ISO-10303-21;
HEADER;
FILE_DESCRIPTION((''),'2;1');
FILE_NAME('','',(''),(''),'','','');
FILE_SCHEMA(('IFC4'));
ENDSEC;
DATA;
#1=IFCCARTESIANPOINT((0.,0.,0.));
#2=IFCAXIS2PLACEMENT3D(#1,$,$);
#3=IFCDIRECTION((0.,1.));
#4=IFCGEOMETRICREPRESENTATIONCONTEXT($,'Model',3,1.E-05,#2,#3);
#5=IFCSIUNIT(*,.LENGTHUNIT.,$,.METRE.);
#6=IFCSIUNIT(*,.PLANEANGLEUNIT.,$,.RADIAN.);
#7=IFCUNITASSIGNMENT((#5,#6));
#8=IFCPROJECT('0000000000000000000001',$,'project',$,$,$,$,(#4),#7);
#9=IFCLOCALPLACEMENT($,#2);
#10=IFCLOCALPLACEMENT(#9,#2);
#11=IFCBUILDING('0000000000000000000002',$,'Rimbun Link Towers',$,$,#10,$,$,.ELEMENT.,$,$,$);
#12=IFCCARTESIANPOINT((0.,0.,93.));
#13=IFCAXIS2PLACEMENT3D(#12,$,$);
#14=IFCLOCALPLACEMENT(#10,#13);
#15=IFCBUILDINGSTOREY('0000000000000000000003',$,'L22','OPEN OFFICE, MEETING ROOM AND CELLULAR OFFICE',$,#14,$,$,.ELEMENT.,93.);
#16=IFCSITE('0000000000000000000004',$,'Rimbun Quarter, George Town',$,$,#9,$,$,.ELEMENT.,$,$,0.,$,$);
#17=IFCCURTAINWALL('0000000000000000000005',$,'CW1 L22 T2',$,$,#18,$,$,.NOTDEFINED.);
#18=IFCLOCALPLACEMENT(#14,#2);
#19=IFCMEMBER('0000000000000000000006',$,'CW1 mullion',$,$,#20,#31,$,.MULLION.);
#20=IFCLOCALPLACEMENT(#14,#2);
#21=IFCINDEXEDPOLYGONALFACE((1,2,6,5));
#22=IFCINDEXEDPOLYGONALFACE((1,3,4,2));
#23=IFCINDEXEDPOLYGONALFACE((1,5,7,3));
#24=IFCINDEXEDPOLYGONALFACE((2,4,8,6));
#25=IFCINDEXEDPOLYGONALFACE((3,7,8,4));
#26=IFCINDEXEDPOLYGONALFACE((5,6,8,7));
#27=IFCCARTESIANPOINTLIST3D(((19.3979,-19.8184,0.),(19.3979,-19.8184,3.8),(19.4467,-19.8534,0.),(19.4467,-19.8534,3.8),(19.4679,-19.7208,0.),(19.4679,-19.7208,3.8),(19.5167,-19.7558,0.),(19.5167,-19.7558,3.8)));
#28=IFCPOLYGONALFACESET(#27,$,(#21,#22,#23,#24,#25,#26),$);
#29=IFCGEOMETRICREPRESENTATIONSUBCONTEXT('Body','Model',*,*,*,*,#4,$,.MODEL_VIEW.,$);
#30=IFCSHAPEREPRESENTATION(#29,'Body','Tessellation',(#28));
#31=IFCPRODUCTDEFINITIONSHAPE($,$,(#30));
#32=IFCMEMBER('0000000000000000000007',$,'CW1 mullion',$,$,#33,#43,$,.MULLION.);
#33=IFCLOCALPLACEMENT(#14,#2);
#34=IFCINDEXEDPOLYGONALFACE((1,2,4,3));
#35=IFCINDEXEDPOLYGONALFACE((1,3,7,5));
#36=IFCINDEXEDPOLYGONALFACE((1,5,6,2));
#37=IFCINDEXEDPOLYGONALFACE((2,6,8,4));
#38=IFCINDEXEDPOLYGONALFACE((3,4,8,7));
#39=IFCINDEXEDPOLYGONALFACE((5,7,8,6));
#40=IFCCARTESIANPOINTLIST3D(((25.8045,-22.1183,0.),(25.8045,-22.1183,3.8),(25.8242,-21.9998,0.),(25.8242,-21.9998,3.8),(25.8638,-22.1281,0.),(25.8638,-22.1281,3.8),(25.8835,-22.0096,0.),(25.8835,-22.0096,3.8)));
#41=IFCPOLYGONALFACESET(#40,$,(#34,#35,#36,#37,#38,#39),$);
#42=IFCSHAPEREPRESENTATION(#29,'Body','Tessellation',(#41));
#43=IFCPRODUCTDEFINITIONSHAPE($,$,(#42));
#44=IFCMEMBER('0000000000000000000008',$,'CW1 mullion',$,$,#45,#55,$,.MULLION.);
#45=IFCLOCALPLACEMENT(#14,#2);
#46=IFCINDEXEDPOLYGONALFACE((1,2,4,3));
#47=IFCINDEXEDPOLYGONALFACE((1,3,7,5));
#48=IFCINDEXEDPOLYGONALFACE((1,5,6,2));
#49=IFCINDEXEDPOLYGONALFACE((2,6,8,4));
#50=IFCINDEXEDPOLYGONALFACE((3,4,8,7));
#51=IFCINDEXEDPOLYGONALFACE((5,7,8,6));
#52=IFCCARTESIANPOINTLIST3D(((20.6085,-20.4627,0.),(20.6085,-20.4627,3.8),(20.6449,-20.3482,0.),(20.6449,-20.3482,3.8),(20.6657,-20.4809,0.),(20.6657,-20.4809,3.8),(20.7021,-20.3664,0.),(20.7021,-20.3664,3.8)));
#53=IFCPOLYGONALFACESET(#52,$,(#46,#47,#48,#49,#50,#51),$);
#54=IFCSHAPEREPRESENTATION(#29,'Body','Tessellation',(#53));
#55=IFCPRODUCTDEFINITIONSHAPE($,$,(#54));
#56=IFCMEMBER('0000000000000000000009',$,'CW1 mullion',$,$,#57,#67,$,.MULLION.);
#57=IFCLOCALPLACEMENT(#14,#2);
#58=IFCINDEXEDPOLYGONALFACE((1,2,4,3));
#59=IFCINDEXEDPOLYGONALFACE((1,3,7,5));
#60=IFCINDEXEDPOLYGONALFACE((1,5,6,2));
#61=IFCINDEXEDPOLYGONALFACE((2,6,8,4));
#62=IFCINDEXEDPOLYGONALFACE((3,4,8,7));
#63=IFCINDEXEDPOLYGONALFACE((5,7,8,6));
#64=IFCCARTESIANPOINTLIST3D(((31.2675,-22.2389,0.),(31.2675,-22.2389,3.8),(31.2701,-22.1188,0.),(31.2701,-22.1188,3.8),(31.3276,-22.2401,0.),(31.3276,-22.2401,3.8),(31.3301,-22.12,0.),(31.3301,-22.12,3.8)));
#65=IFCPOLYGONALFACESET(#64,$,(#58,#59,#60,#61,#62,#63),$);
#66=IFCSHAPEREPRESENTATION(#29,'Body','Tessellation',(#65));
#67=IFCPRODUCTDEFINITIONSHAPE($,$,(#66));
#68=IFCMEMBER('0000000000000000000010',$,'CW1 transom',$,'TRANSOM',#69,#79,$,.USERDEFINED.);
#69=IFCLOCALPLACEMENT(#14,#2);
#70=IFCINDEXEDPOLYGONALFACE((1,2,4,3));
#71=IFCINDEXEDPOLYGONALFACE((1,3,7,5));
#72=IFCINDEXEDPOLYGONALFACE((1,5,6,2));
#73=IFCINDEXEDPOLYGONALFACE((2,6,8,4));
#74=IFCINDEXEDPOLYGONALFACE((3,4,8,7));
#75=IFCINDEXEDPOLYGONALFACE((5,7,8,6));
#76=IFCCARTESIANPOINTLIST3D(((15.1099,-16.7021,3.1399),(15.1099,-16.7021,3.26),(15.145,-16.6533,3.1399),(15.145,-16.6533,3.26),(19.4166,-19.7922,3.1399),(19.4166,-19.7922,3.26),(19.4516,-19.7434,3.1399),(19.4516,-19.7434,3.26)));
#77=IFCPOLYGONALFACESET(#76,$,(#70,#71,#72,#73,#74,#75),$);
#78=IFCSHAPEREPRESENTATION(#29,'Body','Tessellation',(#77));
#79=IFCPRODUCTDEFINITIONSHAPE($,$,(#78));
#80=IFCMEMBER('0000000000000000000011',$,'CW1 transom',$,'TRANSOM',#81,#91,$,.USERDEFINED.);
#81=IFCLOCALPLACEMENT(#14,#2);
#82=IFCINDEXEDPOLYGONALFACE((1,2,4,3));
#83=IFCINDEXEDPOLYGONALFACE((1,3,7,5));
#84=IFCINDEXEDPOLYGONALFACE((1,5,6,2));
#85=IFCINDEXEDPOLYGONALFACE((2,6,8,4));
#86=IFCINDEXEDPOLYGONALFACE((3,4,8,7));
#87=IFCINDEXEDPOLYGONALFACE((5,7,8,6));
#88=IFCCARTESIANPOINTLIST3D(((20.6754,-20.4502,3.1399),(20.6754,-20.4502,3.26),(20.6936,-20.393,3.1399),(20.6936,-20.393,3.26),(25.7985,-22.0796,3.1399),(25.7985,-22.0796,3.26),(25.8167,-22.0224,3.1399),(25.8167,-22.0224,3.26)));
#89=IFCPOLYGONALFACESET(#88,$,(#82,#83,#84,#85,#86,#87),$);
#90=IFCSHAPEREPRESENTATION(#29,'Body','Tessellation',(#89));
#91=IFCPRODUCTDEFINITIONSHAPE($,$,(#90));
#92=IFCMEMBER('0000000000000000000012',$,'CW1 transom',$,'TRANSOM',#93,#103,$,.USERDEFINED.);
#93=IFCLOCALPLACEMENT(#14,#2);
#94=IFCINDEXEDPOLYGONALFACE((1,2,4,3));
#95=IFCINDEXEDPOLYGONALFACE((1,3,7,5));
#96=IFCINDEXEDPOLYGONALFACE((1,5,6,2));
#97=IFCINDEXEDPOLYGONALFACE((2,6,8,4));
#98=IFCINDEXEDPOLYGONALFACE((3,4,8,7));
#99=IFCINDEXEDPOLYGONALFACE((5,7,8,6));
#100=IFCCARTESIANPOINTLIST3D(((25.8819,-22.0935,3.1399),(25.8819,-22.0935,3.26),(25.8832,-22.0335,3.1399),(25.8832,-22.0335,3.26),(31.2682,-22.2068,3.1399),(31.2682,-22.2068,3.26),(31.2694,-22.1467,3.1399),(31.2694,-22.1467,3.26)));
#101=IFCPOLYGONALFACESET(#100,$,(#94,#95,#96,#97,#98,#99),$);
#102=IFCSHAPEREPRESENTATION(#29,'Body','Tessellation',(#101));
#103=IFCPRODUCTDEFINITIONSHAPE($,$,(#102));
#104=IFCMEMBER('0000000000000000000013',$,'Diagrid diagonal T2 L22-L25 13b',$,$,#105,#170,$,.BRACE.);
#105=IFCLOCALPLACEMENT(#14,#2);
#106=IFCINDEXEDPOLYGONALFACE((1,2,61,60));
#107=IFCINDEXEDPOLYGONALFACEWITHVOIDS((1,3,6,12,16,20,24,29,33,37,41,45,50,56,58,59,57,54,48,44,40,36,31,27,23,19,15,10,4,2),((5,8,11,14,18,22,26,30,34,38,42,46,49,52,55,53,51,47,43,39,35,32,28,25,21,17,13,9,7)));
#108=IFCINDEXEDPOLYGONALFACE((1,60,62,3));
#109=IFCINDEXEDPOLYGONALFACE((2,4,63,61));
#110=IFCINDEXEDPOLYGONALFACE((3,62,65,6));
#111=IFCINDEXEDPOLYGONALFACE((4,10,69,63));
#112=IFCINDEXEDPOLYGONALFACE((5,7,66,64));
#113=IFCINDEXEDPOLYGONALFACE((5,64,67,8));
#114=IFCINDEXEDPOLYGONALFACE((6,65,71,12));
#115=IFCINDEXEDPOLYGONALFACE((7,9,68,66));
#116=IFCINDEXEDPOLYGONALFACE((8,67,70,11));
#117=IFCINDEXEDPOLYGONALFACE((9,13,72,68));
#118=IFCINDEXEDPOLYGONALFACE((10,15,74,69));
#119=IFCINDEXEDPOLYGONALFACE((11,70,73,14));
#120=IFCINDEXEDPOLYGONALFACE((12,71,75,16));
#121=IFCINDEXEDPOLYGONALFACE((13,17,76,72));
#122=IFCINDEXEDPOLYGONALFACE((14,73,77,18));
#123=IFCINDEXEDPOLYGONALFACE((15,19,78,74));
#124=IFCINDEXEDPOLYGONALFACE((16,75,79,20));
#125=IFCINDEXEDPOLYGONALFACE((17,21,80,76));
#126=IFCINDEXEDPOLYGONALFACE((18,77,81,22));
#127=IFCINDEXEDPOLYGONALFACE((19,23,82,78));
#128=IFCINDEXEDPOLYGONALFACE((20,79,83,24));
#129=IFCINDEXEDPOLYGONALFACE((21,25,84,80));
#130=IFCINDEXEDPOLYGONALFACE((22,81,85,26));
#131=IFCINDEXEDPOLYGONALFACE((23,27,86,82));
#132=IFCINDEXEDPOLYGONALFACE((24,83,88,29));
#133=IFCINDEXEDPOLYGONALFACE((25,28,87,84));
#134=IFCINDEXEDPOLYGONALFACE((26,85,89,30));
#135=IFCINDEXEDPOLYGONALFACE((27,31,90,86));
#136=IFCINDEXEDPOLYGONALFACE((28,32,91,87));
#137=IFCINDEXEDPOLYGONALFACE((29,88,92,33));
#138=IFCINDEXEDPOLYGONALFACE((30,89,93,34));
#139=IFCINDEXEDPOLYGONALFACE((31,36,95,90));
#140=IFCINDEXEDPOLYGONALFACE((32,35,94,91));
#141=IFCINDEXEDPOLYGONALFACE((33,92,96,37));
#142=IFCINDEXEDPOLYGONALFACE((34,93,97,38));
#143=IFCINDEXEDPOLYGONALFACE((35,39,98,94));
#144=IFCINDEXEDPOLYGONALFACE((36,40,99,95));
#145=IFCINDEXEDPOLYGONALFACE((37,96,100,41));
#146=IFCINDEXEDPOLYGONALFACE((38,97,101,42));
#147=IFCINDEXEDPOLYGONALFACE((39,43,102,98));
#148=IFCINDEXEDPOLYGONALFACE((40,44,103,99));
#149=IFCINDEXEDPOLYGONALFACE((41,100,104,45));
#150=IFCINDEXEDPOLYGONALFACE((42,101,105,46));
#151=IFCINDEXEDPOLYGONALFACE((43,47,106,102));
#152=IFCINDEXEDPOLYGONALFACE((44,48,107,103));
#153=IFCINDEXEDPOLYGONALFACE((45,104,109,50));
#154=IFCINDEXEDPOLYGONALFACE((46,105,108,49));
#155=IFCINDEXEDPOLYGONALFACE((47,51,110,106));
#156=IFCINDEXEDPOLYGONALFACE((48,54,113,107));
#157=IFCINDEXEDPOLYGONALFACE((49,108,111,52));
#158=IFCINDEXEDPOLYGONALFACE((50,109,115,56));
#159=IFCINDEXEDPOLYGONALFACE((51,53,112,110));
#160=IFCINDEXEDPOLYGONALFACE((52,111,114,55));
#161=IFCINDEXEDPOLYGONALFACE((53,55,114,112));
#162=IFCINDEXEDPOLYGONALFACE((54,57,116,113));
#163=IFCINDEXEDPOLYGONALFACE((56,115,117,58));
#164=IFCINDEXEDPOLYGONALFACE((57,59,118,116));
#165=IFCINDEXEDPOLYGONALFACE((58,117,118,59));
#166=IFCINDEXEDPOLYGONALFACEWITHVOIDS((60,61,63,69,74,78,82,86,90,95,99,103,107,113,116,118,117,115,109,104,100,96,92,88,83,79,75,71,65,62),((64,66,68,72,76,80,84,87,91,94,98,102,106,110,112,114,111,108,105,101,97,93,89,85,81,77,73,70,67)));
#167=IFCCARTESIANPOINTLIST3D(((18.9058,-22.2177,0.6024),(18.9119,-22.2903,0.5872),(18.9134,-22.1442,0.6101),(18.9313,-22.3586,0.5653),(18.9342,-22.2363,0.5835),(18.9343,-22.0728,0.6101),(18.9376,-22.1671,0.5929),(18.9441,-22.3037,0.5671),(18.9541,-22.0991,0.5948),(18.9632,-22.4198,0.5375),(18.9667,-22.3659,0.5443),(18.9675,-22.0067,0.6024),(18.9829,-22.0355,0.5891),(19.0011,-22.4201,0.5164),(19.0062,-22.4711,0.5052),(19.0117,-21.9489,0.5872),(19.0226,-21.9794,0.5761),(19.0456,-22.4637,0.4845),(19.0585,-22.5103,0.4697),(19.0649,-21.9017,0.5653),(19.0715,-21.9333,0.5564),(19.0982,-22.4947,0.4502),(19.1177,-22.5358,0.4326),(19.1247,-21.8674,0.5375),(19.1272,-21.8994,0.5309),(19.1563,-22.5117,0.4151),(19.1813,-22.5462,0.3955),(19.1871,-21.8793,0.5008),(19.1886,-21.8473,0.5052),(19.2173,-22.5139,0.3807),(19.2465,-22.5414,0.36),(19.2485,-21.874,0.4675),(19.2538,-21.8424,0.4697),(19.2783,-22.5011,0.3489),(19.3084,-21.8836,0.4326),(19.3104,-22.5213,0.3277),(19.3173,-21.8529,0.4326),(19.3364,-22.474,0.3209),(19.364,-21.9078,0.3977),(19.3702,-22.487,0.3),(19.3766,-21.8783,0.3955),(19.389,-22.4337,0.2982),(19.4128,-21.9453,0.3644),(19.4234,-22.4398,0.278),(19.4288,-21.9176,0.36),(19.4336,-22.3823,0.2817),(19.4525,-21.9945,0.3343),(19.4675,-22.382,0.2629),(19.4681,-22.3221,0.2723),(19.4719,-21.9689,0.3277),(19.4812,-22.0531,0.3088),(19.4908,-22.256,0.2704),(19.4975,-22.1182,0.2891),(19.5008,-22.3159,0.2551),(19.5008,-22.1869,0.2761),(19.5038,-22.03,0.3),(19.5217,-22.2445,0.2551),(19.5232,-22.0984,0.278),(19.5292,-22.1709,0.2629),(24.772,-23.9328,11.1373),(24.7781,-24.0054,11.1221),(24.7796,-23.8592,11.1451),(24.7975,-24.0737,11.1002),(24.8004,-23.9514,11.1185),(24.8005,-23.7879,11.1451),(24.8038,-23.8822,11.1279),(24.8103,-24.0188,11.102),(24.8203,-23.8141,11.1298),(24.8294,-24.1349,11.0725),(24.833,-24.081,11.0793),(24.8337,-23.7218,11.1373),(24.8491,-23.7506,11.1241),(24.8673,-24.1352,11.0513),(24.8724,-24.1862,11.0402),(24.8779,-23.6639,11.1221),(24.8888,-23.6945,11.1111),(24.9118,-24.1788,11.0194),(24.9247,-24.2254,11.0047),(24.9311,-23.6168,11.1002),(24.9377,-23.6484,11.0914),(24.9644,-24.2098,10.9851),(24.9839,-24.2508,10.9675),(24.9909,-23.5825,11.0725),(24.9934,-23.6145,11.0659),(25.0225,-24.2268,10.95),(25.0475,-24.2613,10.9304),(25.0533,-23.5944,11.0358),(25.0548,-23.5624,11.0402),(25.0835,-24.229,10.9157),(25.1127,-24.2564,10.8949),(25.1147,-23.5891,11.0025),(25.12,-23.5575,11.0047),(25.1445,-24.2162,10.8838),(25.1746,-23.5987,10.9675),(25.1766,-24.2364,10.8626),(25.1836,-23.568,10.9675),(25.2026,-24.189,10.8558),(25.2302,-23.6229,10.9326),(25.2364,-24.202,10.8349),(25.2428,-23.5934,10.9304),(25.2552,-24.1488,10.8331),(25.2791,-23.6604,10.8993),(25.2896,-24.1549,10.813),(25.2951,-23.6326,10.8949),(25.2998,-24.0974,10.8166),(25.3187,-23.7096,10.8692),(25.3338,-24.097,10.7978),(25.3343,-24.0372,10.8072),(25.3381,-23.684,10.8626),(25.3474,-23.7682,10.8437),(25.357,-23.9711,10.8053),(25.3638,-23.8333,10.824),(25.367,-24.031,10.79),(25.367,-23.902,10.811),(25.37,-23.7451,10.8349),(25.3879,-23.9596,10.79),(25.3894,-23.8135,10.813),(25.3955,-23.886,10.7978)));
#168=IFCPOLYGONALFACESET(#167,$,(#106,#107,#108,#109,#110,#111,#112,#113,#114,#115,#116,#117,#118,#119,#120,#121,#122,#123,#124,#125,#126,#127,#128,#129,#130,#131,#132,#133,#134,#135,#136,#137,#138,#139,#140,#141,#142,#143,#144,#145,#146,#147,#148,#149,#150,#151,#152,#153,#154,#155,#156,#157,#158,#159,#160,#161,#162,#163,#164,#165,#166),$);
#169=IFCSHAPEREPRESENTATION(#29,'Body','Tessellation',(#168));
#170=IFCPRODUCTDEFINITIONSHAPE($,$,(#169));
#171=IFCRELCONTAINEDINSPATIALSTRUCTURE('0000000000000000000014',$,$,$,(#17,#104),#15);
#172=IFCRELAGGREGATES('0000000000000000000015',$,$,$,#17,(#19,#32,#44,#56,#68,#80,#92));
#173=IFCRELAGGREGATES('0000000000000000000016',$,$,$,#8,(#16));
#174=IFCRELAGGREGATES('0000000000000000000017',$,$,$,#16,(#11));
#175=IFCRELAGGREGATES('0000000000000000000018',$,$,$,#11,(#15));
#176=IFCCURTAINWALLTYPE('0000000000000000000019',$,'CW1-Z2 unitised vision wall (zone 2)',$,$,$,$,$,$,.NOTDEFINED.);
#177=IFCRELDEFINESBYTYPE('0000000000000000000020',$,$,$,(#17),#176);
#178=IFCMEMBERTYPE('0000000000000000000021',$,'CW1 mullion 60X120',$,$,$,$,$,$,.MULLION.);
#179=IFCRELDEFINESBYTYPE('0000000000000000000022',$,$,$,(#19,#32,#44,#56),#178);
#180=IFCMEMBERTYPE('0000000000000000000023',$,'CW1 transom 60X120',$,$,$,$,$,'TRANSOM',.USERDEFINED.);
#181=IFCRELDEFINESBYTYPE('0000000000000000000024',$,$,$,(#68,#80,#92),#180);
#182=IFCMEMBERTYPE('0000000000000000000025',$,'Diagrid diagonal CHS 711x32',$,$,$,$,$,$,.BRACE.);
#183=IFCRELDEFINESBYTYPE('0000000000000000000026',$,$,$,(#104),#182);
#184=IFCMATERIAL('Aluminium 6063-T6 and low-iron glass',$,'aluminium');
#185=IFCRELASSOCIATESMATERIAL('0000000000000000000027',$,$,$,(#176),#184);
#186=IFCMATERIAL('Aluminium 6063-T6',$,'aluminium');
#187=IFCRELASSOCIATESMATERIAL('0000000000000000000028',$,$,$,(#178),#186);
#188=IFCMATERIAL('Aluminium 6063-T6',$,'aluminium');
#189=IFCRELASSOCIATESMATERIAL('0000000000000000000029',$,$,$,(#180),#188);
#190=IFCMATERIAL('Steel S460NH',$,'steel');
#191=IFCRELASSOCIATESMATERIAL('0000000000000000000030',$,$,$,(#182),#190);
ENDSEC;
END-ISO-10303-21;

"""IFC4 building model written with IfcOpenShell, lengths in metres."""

from ifc_helpers import new_model, si_unit, direction, frame, origin, origin_2d, place, context, subcontext, project, spatial, rectangle, hollow_circle, extrude, material, material_profile, profile_set, type_object, element, aggregate, save


model = new_model("IFC4")

# Units and contexts
model_context = context("Model", 3, precision=1e-05, world=origin(), true_north=direction((0.0, 1.0)))
body_context = subcontext(model_context, "Body", "Model", "MODEL_VIEW")
ifc_project = project(units=[si_unit("LENGTHUNIT", "METRE"), si_unit("PLANEANGLEUNIT", "RADIAN")], contexts=[model_context])

# Site, building, storey
site_placement = place(None, origin())
site = spatial("IfcSite", under=ifc_project, at=site_placement, Name="Rimbun Quarter, George Town", CompositionType="ELEMENT", RefElevation=0.0)
building_placement = place(site_placement, origin())
building = spatial("IfcBuilding", under=site, at=building_placement, Name="Rimbun Link Towers", CompositionType="ELEMENT")
storey_placement = place(building_placement, frame((0.0, 0.0, 93.0)))
storey = spatial("IfcBuildingStorey", under=building, at=storey_placement, Name="L22", Description="OPEN OFFICE, MEETING ROOM AND CELLULAR OFFICE", CompositionType="ELEMENT", Elevation=93.0)

# Curtain wall, members
ifc_material_1 = material(Name="Aluminium 6063-T6 and low-iron glass", Category="aluminium")
curtain_wall_type = type_object("IfcCurtainWallType", Name="CW1-Z2 unitised vision wall (zone 2)", PredefinedType="NOTDEFINED", material=ifc_material_1)
curtain_wall_placement = place(storey_placement, origin())
curtain_wall = element("IfcCurtainWall", 1, at=curtain_wall_placement, inside=storey, type_object=curtain_wall_type, Name="CW1 L22 T2", PredefinedType="NOTDEFINED")
ifc_material_2 = material(Name="Aluminium 6063-T6", Category="aluminium")
ifc_material_profile_1 = material_profile(ifc_material_2, rectangle(XDim=0.1201, YDim=0.0601, at=origin_2d()), Name="MULLION 60X120")
ifc_profile_set_1 = profile_set([ifc_material_profile_1], Name="Aluminium 6063-T6")
member_type_1 = type_object("IfcMemberType", Name="CW1 mullion 60X120", PredefinedType="MULLION", material=ifc_profile_set_1)
member_1_placement = place(storey_placement, frame((19.4573, -19.7871, 0.0), z_axis=(0.0, 0.0, 1.0), x_axis=(-0.583002, -0.812471, 0.0)))
member_1 = element("IfcMember", 2, at=member_1_placement, type_object=member_type_1, Name="CW1 mullion", PredefinedType="MULLION", context=body_context, shape_type="SweptSolid", body=[
    extrude(rectangle(XDim=0.1201, YDim=0.0601, at=origin_2d()), origin(), (0.0, 0.0, 1.0), 3.8),
])
member_2_placement = place(storey_placement, frame((25.844, -22.064, 0.0), z_axis=(0.0, 0.0, 1.0), x_axis=(-0.163744, -0.986503, 0.0)))
member_2 = element("IfcMember", 3, at=member_2_placement, type_object=member_type_1, Name="CW1 mullion", PredefinedType="MULLION", context=body_context, shape_type="SweptSolid", body=[
    extrude(rectangle(XDim=0.1201, YDim=0.0601, at=origin_2d()), origin(), (0.0, 0.0, 1.0), 3.8),
])
member_3_placement = place(storey_placement, frame((20.6553, -20.4146, 0.0), z_axis=(0.0, 0.0, 1.0), x_axis=(-0.303066, -0.95297, 0.0)))
member_3 = element("IfcMember", 4, at=member_3_placement, type_object=member_type_1, Name="CW1 mullion", PredefinedType="MULLION", context=body_context, shape_type="SweptSolid", body=[
    extrude(rectangle(XDim=0.1201, YDim=0.0601, at=origin_2d()), origin(), (0.0, 0.0, 1.0), 3.8),
])
member_4_placement = place(storey_placement, frame((31.2988, -22.1794, 0.0), z_axis=(0.0, 0.0, 1.0), x_axis=(-0.02106, -0.999778, 0.0)))
member_4 = element("IfcMember", 5, at=member_4_placement, type_object=member_type_1, Name="CW1 mullion", PredefinedType="MULLION", context=body_context, shape_type="SweptSolid", body=[
    extrude(rectangle(XDim=0.1201, YDim=0.0601, at=origin_2d()), origin(), (0.0, 0.0, 1.0), 3.8),
])
ifc_material_3 = material(Name="Aluminium 6063-T6", Category="aluminium")
ifc_material_profile_2 = material_profile(ifc_material_3, rectangle(XDim=0.0601, YDim=0.1201, at=origin_2d()), Name="TRANSOM 60X120")
ifc_profile_set_2 = profile_set([ifc_material_profile_2], Name="Aluminium 6063-T6")
member_type_2 = type_object("IfcMemberType", Name="CW1 transom 60X120", ElementType="TRANSOM", PredefinedType="USERDEFINED", material=ifc_profile_set_2)
member_5_placement = place(storey_placement, frame((19.4341, -19.7678, 3.2), z_axis=(-0.81249, 0.582975, 0.0), x_axis=(-0.582975, -0.81249, 0.0)))
member_5 = element("IfcMember", 6, at=member_5_placement, type_object=member_type_2, Name="CW1 transom", ObjectType="TRANSOM", PredefinedType="USERDEFINED", context=body_context, shape_type="SweptSolid", body=[
    extrude(rectangle(XDim=0.0601, YDim=0.1201, at=origin_2d()), origin(), (0.0, 0.0, 1.0), 5.3005),
])
member_6_placement = place(storey_placement, frame((25.8076, -22.051, 3.2), z_axis=(-0.952962, 0.303091, 0.0), x_axis=(-0.303091, -0.952962, 0.0)))
member_6 = element("IfcMember", 7, at=member_6_placement, type_object=member_type_2, Name="CW1 transom", ObjectType="TRANSOM", PredefinedType="USERDEFINED", context=body_context, shape_type="SweptSolid", body=[
    extrude(rectangle(XDim=0.0601, YDim=0.1201, at=origin_2d()), origin(), (0.0, 0.0, 1.0), 5.376),
])
member_7_placement = place(storey_placement, frame((31.2688, -22.1768, 3.2), z_axis=(-0.999779, 0.021027, 0.0), x_axis=(-0.021027, -0.999779, 0.0)))
member_7 = element("IfcMember", 8, at=member_7_placement, type_object=member_type_2, Name="CW1 transom", ObjectType="TRANSOM", PredefinedType="USERDEFINED", context=body_context, shape_type="SweptSolid", body=[
    extrude(rectangle(XDim=0.0601, YDim=0.1201, at=origin_2d()), origin(), (0.0, 0.0, 1.0), 5.3875),
])

# Member
ifc_material_4 = material(Name="Steel S460NH", Category="steel")
ifc_material_profile_3 = material_profile(ifc_material_4, hollow_circle(Radius=0.3557, WallThickness=0.032, at=origin_2d()), Name="Diagrid diagonal CHS 711x32")
ifc_profile_set_3 = profile_set([ifc_material_profile_3], Name="Steel S460NH")
member_type_3 = type_object("IfcMemberType", Name="Diagrid diagonal CHS 711x32", PredefinedType="BRACE", material=ifc_profile_set_3)
member_8_placement = place(storey_placement, frame((19.2175, -22.1943, 0.4326), z_axis=(0.481649, -0.140818, 0.864976), x_axis=(0.28062, 0.959819, 0.0)))
element("IfcMember", 9, at=member_8_placement, inside=storey, type_object=member_type_3, Name="Diagrid diagonal T2 L22-L25 13b", PredefinedType="BRACE", context=body_context, shape_type="SweptSolid", body=[
    extrude(hollow_circle(Radius=0.3557, WallThickness=0.032, at=origin_2d()), origin(), (0.0, 0.0, 1.0), 12.1794),
])

aggregate(curtain_wall, [member_1, member_2, member_3, member_4, member_5, member_6, member_7])

save(model, "model.ifc")
